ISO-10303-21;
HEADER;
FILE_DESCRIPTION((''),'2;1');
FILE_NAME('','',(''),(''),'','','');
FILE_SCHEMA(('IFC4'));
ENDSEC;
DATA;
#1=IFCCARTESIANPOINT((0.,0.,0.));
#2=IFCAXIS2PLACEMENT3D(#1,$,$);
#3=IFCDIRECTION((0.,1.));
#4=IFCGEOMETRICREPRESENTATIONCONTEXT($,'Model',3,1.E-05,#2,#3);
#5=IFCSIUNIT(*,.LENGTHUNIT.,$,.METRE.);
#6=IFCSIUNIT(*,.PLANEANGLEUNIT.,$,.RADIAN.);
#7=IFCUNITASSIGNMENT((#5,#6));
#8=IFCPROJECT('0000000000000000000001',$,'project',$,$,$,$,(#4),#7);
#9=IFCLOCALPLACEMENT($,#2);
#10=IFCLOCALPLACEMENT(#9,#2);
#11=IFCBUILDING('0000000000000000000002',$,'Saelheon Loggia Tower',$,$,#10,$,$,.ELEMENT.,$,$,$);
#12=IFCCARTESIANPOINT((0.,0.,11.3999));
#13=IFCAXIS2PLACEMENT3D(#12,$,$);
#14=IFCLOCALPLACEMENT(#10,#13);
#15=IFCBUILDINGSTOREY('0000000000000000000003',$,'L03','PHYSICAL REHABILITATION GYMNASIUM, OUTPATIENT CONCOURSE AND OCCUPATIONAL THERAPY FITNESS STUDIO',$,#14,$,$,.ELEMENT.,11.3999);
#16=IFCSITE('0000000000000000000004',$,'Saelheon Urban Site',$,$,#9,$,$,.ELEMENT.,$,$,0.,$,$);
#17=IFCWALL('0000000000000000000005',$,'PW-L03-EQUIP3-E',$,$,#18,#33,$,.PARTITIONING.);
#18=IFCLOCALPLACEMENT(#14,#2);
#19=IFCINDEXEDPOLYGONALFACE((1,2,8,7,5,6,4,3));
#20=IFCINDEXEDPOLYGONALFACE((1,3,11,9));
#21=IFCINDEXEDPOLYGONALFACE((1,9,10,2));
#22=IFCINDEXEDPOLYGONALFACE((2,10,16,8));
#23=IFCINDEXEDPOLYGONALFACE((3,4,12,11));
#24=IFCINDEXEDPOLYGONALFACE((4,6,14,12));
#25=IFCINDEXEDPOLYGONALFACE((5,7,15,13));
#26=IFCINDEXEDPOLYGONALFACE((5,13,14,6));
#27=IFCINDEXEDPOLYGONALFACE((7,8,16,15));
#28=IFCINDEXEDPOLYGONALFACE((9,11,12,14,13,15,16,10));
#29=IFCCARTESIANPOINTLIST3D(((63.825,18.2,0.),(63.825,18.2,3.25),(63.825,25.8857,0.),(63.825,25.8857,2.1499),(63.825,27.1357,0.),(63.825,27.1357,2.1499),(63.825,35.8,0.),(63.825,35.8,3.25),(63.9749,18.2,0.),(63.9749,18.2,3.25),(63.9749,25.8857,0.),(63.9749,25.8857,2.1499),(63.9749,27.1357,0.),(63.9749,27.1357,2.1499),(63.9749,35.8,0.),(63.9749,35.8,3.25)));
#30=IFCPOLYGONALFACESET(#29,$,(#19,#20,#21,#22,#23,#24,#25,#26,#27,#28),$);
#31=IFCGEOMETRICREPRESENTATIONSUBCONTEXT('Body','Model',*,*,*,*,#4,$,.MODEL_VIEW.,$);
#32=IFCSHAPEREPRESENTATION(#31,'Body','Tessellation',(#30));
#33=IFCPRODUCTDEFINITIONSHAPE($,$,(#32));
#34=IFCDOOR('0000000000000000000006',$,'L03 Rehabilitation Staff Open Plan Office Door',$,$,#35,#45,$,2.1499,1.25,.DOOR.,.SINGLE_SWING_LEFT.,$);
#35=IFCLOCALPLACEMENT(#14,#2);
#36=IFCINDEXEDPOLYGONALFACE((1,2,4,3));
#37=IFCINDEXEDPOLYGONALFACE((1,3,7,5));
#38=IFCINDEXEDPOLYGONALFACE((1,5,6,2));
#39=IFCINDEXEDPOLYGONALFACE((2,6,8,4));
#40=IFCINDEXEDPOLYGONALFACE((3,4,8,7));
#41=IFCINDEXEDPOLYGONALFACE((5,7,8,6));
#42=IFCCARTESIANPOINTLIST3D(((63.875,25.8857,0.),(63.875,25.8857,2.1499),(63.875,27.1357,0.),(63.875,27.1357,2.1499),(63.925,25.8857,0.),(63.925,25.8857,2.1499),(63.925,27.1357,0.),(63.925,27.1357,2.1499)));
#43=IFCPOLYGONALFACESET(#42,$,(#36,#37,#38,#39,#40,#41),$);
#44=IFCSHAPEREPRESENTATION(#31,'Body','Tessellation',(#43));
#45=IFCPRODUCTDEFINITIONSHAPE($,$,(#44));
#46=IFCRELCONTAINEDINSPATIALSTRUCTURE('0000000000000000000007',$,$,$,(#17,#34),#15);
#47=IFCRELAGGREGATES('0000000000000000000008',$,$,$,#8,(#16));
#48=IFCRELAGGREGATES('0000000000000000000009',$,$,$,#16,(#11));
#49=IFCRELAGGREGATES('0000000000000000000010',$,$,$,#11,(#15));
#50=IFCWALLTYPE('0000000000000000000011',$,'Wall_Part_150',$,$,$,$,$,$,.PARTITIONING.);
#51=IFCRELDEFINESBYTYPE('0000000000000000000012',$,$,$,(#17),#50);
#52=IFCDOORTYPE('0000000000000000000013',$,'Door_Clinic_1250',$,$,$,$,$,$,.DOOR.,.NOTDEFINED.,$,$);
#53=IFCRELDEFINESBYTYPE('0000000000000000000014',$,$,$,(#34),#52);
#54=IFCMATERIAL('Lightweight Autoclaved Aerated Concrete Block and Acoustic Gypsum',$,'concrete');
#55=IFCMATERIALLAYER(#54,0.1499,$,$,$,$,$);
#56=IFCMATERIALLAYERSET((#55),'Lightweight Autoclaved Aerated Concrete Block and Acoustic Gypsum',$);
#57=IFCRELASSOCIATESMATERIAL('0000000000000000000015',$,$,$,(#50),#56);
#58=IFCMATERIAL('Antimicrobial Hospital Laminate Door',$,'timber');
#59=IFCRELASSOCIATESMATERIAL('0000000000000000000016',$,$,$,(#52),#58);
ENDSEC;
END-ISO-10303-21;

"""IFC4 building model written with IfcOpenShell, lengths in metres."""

from ifc_helpers import new_model, si_unit, direction, frame, frame_2d, origin, place, context, subcontext, project, spatial, rectangle, extrude, source, transform, mapped, material, layer, layer_set, type_object, element, fill, save


model = new_model("IFC4")

# Units and contexts
model_context = context("Model", 3, precision=1e-05, world=origin(), true_north=direction((0.0, 1.0)))
body_context = subcontext(model_context, "Body", "Model", "MODEL_VIEW")
ifc_project = project(units=[si_unit("LENGTHUNIT", "METRE"), si_unit("PLANEANGLEUNIT", "RADIAN")], contexts=[model_context])

# Site, building, storey
site_placement = place(None, origin())
site = spatial("IfcSite", under=ifc_project, at=site_placement, Name="Saelheon Urban Site", CompositionType="ELEMENT", RefElevation=0.0)
building_placement = place(site_placement, origin())
building = spatial("IfcBuilding", under=site, at=building_placement, Name="Saelheon Loggia Tower", CompositionType="ELEMENT")
storey_placement = place(building_placement, frame((0.0, 0.0, 11.3999)))
storey = spatial("IfcBuildingStorey", under=building, at=storey_placement, Name="L03", Description="PHYSICAL REHABILITATION GYMNASIUM, OUTPATIENT CONCOURSE AND OCCUPATIONAL THERAPY FITNESS STUDIO", CompositionType="ELEMENT", Elevation=11.3999)

# Shared definitions
ifc_material_1 = material(Name="Lightweight Autoclaved Aerated Concrete Block and Acoustic Gypsum", Category="concrete")
ifc_layer = layer(ifc_material_1, 0.1499)
ifc_layer_set = layer_set([ifc_layer], Name="Lightweight Autoclaved Aerated Concrete Block and Acoustic Gypsum")
wall_type = type_object("IfcWallType", Name="Wall_Part_150", PredefinedType="PARTITIONING", material=ifc_layer_set)

# Wall, opening, door
ifc_material_2 = material(Name="Antimicrobial Hospital Laminate Door", Category="timber")
door_type = type_object("IfcDoorType", Name="Door_Clinic_1250", OperationType="NOTDEFINED", PredefinedType="DOOR", material=ifc_material_2)
shared_shape_1 = source(origin(), body_context, "Body", "SweptSolid", [
    extrude(rectangle(XDim=1.25, YDim=2.1499, at=frame_2d((0.625, 1.075))), frame((0.0, 0.0249, 0.0), z_axis=(0.0, -1.0, 0.0), x_axis=(1.0, 0.0, 0.0)), (0.0, 0.0, 1.0), 0.05),
])
wall_1_placement = place(storey_placement, frame((63.8999, 18.2, 0.0), z_axis=(0.0, 0.0, 1.0), x_axis=(0.0, 1.0, 0.0)))
wall_1 = element("IfcWall", 1, at=wall_1_placement, inside=storey, type_object=wall_type, Name="PW-L03-EQUIP3-E", PredefinedType="PARTITIONING", context=body_context, shape_type="SweptSolid", body=[
    extrude(rectangle(XDim=17.6001, YDim=0.1499, at=frame_2d((8.8, 0.0))), origin(), (0.0, 0.0, 1.0), 3.25),
])
opening_1_placement = place(wall_1_placement, frame((7.6858, 0.0, 0.0)))
opening_1 = element("IfcOpeningElement", 2, at=opening_1_placement, cuts=wall_1, PredefinedType="OPENING", context=body_context, shape_type="SweptSolid", body=[
    extrude(rectangle(XDim=1.25, YDim=2.1499, at=frame_2d((0.625, 1.075))), frame((0.0, 0.0869, 0.0), z_axis=(0.0, -1.0, 0.0), x_axis=(1.0, 0.0, 0.0)), (0.0, 0.0, 1.0), 0.1738),
])
door_1_placement = place(opening_1_placement, origin())
door_1 = element("IfcDoor", 3, at=door_1_placement, inside=storey, type_object=door_type, Name="L03 Rehabilitation Staff Open Plan Office Door", OperationType="SINGLE_SWING_LEFT", OverallHeight=2.1499, OverallWidth=1.25, PredefinedType="DOOR", context=body_context, shape_type="MappedRepresentation", body=[
    mapped(shared_shape_1, transform((0.0, 0.0, 0.0), scale=1.0)),
])
fill(opening_1, door_1)

save(model, "model.ifc")
